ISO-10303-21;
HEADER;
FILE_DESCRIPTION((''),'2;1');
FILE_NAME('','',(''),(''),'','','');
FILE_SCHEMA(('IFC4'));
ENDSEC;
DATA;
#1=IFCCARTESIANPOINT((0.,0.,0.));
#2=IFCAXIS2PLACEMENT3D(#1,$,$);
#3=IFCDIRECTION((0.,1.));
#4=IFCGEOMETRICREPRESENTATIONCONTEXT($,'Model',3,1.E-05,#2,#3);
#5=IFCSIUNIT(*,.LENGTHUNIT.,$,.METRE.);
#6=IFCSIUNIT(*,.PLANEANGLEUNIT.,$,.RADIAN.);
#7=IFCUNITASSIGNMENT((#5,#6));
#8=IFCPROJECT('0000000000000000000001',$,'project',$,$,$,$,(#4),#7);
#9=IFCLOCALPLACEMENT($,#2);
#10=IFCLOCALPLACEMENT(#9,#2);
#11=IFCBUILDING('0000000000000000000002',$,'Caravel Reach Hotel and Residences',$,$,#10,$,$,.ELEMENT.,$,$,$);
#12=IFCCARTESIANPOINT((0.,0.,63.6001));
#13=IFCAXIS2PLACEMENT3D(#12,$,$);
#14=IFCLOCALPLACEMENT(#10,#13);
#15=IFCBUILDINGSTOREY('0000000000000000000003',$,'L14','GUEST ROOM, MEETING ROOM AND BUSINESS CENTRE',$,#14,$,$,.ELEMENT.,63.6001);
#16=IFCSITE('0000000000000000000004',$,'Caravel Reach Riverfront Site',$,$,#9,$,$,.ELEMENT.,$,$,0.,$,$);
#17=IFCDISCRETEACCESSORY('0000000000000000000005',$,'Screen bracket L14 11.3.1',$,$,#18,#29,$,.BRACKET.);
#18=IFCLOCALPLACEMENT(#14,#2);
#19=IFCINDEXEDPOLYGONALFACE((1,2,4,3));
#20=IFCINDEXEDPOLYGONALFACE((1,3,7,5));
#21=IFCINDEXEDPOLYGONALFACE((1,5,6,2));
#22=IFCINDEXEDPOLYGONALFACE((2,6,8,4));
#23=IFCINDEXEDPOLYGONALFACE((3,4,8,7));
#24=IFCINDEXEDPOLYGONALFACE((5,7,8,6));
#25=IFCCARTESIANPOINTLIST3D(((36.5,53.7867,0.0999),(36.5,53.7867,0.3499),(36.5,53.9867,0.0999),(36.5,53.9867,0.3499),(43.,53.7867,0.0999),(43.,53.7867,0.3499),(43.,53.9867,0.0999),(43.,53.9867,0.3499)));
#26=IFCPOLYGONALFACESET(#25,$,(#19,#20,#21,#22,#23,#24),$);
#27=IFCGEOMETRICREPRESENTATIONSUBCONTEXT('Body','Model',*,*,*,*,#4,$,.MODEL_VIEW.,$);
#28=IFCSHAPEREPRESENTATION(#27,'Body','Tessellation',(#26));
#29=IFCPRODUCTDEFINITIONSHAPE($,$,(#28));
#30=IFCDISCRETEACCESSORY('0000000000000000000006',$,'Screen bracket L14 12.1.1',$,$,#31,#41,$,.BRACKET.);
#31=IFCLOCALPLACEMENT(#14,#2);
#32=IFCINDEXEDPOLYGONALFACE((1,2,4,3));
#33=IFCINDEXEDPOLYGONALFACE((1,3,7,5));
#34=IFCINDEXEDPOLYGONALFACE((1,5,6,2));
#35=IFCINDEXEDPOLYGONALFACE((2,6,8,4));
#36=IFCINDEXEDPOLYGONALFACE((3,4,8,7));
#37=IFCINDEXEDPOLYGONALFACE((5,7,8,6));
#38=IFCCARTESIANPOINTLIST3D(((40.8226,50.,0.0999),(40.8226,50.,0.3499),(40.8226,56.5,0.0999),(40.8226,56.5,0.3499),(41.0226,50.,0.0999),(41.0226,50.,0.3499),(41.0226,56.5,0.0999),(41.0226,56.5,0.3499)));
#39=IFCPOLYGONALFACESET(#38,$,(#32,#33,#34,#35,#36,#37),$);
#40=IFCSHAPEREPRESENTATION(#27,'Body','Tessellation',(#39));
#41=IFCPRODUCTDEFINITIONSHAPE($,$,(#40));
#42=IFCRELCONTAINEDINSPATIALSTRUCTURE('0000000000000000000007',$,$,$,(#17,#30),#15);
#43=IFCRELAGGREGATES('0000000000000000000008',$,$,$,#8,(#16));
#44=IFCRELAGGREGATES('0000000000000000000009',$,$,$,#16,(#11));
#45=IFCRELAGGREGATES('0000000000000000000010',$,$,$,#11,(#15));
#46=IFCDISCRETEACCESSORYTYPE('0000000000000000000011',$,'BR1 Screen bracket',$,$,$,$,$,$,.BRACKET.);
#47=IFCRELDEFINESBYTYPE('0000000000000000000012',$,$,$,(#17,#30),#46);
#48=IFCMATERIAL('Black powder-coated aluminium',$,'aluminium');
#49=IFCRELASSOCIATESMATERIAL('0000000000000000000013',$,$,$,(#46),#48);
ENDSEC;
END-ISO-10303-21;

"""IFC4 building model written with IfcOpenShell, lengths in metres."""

from ifc_helpers import new_model, si_unit, direction, frame, origin, origin_2d, place, context, subcontext, project, spatial, rectangle, extrude, material, type_object, element, save


model = new_model("IFC4")

# Units and contexts
model_context = context("Model", 3, precision=1e-05, world=origin(), true_north=direction((0.0, 1.0)))
body_context = subcontext(model_context, "Body", "Model", "MODEL_VIEW")
ifc_project = project(units=[si_unit("LENGTHUNIT", "METRE"), si_unit("PLANEANGLEUNIT", "RADIAN")], contexts=[model_context])

# Site, building, storey
site_placement = place(None, origin())
site = spatial("IfcSite", under=ifc_project, at=site_placement, Name="Caravel Reach Riverfront Site", CompositionType="ELEMENT", RefElevation=0.0)
building_placement = place(site_placement, origin())
building = spatial("IfcBuilding", under=site, at=building_placement, Name="Caravel Reach Hotel and Residences", CompositionType="ELEMENT")
storey_placement = place(building_placement, frame((0.0, 0.0, 63.6001)))
storey = spatial("IfcBuildingStorey", under=building, at=storey_placement, Name="L14", Description="GUEST ROOM, MEETING ROOM AND BUSINESS CENTRE", CompositionType="ELEMENT", Elevation=63.6001)

# Discrete accessories
ifc_material_1 = material(Name="Black powder-coated aluminium", Category="aluminium")
discrete_accessory_type = type_object("IfcDiscreteAccessoryType", Name="BR1 Screen bracket", PredefinedType="BRACKET", material=ifc_material_1)
for number, where, z_axis, x_axis, name in (
    (1, (39.75, 53.8867, 0.0999), (0.0, 0.0, 1.0), (1.0, 0.0, 0.0), "Screen bracket L14 11.3.1"),
    (2, (40.9226, 53.25, 0.0999), (0.0, 0.0, 1.0), (0.0, 1.0, 0.0), "Screen bracket L14 12.1.1"),
):
    element("IfcDiscreteAccessory", number, at=place(storey_placement, frame(where, z_axis=z_axis, x_axis=x_axis)), inside=storey, type_object=discrete_accessory_type, Name=name, PredefinedType="BRACKET", context=body_context, shape_type="SweptSolid", body=[
        extrude(rectangle(XDim=6.5, YDim=0.2, at=origin_2d()), origin(), (0.0, 0.0, 1.0), 0.25),
    ])

save(model, "model.ifc")
